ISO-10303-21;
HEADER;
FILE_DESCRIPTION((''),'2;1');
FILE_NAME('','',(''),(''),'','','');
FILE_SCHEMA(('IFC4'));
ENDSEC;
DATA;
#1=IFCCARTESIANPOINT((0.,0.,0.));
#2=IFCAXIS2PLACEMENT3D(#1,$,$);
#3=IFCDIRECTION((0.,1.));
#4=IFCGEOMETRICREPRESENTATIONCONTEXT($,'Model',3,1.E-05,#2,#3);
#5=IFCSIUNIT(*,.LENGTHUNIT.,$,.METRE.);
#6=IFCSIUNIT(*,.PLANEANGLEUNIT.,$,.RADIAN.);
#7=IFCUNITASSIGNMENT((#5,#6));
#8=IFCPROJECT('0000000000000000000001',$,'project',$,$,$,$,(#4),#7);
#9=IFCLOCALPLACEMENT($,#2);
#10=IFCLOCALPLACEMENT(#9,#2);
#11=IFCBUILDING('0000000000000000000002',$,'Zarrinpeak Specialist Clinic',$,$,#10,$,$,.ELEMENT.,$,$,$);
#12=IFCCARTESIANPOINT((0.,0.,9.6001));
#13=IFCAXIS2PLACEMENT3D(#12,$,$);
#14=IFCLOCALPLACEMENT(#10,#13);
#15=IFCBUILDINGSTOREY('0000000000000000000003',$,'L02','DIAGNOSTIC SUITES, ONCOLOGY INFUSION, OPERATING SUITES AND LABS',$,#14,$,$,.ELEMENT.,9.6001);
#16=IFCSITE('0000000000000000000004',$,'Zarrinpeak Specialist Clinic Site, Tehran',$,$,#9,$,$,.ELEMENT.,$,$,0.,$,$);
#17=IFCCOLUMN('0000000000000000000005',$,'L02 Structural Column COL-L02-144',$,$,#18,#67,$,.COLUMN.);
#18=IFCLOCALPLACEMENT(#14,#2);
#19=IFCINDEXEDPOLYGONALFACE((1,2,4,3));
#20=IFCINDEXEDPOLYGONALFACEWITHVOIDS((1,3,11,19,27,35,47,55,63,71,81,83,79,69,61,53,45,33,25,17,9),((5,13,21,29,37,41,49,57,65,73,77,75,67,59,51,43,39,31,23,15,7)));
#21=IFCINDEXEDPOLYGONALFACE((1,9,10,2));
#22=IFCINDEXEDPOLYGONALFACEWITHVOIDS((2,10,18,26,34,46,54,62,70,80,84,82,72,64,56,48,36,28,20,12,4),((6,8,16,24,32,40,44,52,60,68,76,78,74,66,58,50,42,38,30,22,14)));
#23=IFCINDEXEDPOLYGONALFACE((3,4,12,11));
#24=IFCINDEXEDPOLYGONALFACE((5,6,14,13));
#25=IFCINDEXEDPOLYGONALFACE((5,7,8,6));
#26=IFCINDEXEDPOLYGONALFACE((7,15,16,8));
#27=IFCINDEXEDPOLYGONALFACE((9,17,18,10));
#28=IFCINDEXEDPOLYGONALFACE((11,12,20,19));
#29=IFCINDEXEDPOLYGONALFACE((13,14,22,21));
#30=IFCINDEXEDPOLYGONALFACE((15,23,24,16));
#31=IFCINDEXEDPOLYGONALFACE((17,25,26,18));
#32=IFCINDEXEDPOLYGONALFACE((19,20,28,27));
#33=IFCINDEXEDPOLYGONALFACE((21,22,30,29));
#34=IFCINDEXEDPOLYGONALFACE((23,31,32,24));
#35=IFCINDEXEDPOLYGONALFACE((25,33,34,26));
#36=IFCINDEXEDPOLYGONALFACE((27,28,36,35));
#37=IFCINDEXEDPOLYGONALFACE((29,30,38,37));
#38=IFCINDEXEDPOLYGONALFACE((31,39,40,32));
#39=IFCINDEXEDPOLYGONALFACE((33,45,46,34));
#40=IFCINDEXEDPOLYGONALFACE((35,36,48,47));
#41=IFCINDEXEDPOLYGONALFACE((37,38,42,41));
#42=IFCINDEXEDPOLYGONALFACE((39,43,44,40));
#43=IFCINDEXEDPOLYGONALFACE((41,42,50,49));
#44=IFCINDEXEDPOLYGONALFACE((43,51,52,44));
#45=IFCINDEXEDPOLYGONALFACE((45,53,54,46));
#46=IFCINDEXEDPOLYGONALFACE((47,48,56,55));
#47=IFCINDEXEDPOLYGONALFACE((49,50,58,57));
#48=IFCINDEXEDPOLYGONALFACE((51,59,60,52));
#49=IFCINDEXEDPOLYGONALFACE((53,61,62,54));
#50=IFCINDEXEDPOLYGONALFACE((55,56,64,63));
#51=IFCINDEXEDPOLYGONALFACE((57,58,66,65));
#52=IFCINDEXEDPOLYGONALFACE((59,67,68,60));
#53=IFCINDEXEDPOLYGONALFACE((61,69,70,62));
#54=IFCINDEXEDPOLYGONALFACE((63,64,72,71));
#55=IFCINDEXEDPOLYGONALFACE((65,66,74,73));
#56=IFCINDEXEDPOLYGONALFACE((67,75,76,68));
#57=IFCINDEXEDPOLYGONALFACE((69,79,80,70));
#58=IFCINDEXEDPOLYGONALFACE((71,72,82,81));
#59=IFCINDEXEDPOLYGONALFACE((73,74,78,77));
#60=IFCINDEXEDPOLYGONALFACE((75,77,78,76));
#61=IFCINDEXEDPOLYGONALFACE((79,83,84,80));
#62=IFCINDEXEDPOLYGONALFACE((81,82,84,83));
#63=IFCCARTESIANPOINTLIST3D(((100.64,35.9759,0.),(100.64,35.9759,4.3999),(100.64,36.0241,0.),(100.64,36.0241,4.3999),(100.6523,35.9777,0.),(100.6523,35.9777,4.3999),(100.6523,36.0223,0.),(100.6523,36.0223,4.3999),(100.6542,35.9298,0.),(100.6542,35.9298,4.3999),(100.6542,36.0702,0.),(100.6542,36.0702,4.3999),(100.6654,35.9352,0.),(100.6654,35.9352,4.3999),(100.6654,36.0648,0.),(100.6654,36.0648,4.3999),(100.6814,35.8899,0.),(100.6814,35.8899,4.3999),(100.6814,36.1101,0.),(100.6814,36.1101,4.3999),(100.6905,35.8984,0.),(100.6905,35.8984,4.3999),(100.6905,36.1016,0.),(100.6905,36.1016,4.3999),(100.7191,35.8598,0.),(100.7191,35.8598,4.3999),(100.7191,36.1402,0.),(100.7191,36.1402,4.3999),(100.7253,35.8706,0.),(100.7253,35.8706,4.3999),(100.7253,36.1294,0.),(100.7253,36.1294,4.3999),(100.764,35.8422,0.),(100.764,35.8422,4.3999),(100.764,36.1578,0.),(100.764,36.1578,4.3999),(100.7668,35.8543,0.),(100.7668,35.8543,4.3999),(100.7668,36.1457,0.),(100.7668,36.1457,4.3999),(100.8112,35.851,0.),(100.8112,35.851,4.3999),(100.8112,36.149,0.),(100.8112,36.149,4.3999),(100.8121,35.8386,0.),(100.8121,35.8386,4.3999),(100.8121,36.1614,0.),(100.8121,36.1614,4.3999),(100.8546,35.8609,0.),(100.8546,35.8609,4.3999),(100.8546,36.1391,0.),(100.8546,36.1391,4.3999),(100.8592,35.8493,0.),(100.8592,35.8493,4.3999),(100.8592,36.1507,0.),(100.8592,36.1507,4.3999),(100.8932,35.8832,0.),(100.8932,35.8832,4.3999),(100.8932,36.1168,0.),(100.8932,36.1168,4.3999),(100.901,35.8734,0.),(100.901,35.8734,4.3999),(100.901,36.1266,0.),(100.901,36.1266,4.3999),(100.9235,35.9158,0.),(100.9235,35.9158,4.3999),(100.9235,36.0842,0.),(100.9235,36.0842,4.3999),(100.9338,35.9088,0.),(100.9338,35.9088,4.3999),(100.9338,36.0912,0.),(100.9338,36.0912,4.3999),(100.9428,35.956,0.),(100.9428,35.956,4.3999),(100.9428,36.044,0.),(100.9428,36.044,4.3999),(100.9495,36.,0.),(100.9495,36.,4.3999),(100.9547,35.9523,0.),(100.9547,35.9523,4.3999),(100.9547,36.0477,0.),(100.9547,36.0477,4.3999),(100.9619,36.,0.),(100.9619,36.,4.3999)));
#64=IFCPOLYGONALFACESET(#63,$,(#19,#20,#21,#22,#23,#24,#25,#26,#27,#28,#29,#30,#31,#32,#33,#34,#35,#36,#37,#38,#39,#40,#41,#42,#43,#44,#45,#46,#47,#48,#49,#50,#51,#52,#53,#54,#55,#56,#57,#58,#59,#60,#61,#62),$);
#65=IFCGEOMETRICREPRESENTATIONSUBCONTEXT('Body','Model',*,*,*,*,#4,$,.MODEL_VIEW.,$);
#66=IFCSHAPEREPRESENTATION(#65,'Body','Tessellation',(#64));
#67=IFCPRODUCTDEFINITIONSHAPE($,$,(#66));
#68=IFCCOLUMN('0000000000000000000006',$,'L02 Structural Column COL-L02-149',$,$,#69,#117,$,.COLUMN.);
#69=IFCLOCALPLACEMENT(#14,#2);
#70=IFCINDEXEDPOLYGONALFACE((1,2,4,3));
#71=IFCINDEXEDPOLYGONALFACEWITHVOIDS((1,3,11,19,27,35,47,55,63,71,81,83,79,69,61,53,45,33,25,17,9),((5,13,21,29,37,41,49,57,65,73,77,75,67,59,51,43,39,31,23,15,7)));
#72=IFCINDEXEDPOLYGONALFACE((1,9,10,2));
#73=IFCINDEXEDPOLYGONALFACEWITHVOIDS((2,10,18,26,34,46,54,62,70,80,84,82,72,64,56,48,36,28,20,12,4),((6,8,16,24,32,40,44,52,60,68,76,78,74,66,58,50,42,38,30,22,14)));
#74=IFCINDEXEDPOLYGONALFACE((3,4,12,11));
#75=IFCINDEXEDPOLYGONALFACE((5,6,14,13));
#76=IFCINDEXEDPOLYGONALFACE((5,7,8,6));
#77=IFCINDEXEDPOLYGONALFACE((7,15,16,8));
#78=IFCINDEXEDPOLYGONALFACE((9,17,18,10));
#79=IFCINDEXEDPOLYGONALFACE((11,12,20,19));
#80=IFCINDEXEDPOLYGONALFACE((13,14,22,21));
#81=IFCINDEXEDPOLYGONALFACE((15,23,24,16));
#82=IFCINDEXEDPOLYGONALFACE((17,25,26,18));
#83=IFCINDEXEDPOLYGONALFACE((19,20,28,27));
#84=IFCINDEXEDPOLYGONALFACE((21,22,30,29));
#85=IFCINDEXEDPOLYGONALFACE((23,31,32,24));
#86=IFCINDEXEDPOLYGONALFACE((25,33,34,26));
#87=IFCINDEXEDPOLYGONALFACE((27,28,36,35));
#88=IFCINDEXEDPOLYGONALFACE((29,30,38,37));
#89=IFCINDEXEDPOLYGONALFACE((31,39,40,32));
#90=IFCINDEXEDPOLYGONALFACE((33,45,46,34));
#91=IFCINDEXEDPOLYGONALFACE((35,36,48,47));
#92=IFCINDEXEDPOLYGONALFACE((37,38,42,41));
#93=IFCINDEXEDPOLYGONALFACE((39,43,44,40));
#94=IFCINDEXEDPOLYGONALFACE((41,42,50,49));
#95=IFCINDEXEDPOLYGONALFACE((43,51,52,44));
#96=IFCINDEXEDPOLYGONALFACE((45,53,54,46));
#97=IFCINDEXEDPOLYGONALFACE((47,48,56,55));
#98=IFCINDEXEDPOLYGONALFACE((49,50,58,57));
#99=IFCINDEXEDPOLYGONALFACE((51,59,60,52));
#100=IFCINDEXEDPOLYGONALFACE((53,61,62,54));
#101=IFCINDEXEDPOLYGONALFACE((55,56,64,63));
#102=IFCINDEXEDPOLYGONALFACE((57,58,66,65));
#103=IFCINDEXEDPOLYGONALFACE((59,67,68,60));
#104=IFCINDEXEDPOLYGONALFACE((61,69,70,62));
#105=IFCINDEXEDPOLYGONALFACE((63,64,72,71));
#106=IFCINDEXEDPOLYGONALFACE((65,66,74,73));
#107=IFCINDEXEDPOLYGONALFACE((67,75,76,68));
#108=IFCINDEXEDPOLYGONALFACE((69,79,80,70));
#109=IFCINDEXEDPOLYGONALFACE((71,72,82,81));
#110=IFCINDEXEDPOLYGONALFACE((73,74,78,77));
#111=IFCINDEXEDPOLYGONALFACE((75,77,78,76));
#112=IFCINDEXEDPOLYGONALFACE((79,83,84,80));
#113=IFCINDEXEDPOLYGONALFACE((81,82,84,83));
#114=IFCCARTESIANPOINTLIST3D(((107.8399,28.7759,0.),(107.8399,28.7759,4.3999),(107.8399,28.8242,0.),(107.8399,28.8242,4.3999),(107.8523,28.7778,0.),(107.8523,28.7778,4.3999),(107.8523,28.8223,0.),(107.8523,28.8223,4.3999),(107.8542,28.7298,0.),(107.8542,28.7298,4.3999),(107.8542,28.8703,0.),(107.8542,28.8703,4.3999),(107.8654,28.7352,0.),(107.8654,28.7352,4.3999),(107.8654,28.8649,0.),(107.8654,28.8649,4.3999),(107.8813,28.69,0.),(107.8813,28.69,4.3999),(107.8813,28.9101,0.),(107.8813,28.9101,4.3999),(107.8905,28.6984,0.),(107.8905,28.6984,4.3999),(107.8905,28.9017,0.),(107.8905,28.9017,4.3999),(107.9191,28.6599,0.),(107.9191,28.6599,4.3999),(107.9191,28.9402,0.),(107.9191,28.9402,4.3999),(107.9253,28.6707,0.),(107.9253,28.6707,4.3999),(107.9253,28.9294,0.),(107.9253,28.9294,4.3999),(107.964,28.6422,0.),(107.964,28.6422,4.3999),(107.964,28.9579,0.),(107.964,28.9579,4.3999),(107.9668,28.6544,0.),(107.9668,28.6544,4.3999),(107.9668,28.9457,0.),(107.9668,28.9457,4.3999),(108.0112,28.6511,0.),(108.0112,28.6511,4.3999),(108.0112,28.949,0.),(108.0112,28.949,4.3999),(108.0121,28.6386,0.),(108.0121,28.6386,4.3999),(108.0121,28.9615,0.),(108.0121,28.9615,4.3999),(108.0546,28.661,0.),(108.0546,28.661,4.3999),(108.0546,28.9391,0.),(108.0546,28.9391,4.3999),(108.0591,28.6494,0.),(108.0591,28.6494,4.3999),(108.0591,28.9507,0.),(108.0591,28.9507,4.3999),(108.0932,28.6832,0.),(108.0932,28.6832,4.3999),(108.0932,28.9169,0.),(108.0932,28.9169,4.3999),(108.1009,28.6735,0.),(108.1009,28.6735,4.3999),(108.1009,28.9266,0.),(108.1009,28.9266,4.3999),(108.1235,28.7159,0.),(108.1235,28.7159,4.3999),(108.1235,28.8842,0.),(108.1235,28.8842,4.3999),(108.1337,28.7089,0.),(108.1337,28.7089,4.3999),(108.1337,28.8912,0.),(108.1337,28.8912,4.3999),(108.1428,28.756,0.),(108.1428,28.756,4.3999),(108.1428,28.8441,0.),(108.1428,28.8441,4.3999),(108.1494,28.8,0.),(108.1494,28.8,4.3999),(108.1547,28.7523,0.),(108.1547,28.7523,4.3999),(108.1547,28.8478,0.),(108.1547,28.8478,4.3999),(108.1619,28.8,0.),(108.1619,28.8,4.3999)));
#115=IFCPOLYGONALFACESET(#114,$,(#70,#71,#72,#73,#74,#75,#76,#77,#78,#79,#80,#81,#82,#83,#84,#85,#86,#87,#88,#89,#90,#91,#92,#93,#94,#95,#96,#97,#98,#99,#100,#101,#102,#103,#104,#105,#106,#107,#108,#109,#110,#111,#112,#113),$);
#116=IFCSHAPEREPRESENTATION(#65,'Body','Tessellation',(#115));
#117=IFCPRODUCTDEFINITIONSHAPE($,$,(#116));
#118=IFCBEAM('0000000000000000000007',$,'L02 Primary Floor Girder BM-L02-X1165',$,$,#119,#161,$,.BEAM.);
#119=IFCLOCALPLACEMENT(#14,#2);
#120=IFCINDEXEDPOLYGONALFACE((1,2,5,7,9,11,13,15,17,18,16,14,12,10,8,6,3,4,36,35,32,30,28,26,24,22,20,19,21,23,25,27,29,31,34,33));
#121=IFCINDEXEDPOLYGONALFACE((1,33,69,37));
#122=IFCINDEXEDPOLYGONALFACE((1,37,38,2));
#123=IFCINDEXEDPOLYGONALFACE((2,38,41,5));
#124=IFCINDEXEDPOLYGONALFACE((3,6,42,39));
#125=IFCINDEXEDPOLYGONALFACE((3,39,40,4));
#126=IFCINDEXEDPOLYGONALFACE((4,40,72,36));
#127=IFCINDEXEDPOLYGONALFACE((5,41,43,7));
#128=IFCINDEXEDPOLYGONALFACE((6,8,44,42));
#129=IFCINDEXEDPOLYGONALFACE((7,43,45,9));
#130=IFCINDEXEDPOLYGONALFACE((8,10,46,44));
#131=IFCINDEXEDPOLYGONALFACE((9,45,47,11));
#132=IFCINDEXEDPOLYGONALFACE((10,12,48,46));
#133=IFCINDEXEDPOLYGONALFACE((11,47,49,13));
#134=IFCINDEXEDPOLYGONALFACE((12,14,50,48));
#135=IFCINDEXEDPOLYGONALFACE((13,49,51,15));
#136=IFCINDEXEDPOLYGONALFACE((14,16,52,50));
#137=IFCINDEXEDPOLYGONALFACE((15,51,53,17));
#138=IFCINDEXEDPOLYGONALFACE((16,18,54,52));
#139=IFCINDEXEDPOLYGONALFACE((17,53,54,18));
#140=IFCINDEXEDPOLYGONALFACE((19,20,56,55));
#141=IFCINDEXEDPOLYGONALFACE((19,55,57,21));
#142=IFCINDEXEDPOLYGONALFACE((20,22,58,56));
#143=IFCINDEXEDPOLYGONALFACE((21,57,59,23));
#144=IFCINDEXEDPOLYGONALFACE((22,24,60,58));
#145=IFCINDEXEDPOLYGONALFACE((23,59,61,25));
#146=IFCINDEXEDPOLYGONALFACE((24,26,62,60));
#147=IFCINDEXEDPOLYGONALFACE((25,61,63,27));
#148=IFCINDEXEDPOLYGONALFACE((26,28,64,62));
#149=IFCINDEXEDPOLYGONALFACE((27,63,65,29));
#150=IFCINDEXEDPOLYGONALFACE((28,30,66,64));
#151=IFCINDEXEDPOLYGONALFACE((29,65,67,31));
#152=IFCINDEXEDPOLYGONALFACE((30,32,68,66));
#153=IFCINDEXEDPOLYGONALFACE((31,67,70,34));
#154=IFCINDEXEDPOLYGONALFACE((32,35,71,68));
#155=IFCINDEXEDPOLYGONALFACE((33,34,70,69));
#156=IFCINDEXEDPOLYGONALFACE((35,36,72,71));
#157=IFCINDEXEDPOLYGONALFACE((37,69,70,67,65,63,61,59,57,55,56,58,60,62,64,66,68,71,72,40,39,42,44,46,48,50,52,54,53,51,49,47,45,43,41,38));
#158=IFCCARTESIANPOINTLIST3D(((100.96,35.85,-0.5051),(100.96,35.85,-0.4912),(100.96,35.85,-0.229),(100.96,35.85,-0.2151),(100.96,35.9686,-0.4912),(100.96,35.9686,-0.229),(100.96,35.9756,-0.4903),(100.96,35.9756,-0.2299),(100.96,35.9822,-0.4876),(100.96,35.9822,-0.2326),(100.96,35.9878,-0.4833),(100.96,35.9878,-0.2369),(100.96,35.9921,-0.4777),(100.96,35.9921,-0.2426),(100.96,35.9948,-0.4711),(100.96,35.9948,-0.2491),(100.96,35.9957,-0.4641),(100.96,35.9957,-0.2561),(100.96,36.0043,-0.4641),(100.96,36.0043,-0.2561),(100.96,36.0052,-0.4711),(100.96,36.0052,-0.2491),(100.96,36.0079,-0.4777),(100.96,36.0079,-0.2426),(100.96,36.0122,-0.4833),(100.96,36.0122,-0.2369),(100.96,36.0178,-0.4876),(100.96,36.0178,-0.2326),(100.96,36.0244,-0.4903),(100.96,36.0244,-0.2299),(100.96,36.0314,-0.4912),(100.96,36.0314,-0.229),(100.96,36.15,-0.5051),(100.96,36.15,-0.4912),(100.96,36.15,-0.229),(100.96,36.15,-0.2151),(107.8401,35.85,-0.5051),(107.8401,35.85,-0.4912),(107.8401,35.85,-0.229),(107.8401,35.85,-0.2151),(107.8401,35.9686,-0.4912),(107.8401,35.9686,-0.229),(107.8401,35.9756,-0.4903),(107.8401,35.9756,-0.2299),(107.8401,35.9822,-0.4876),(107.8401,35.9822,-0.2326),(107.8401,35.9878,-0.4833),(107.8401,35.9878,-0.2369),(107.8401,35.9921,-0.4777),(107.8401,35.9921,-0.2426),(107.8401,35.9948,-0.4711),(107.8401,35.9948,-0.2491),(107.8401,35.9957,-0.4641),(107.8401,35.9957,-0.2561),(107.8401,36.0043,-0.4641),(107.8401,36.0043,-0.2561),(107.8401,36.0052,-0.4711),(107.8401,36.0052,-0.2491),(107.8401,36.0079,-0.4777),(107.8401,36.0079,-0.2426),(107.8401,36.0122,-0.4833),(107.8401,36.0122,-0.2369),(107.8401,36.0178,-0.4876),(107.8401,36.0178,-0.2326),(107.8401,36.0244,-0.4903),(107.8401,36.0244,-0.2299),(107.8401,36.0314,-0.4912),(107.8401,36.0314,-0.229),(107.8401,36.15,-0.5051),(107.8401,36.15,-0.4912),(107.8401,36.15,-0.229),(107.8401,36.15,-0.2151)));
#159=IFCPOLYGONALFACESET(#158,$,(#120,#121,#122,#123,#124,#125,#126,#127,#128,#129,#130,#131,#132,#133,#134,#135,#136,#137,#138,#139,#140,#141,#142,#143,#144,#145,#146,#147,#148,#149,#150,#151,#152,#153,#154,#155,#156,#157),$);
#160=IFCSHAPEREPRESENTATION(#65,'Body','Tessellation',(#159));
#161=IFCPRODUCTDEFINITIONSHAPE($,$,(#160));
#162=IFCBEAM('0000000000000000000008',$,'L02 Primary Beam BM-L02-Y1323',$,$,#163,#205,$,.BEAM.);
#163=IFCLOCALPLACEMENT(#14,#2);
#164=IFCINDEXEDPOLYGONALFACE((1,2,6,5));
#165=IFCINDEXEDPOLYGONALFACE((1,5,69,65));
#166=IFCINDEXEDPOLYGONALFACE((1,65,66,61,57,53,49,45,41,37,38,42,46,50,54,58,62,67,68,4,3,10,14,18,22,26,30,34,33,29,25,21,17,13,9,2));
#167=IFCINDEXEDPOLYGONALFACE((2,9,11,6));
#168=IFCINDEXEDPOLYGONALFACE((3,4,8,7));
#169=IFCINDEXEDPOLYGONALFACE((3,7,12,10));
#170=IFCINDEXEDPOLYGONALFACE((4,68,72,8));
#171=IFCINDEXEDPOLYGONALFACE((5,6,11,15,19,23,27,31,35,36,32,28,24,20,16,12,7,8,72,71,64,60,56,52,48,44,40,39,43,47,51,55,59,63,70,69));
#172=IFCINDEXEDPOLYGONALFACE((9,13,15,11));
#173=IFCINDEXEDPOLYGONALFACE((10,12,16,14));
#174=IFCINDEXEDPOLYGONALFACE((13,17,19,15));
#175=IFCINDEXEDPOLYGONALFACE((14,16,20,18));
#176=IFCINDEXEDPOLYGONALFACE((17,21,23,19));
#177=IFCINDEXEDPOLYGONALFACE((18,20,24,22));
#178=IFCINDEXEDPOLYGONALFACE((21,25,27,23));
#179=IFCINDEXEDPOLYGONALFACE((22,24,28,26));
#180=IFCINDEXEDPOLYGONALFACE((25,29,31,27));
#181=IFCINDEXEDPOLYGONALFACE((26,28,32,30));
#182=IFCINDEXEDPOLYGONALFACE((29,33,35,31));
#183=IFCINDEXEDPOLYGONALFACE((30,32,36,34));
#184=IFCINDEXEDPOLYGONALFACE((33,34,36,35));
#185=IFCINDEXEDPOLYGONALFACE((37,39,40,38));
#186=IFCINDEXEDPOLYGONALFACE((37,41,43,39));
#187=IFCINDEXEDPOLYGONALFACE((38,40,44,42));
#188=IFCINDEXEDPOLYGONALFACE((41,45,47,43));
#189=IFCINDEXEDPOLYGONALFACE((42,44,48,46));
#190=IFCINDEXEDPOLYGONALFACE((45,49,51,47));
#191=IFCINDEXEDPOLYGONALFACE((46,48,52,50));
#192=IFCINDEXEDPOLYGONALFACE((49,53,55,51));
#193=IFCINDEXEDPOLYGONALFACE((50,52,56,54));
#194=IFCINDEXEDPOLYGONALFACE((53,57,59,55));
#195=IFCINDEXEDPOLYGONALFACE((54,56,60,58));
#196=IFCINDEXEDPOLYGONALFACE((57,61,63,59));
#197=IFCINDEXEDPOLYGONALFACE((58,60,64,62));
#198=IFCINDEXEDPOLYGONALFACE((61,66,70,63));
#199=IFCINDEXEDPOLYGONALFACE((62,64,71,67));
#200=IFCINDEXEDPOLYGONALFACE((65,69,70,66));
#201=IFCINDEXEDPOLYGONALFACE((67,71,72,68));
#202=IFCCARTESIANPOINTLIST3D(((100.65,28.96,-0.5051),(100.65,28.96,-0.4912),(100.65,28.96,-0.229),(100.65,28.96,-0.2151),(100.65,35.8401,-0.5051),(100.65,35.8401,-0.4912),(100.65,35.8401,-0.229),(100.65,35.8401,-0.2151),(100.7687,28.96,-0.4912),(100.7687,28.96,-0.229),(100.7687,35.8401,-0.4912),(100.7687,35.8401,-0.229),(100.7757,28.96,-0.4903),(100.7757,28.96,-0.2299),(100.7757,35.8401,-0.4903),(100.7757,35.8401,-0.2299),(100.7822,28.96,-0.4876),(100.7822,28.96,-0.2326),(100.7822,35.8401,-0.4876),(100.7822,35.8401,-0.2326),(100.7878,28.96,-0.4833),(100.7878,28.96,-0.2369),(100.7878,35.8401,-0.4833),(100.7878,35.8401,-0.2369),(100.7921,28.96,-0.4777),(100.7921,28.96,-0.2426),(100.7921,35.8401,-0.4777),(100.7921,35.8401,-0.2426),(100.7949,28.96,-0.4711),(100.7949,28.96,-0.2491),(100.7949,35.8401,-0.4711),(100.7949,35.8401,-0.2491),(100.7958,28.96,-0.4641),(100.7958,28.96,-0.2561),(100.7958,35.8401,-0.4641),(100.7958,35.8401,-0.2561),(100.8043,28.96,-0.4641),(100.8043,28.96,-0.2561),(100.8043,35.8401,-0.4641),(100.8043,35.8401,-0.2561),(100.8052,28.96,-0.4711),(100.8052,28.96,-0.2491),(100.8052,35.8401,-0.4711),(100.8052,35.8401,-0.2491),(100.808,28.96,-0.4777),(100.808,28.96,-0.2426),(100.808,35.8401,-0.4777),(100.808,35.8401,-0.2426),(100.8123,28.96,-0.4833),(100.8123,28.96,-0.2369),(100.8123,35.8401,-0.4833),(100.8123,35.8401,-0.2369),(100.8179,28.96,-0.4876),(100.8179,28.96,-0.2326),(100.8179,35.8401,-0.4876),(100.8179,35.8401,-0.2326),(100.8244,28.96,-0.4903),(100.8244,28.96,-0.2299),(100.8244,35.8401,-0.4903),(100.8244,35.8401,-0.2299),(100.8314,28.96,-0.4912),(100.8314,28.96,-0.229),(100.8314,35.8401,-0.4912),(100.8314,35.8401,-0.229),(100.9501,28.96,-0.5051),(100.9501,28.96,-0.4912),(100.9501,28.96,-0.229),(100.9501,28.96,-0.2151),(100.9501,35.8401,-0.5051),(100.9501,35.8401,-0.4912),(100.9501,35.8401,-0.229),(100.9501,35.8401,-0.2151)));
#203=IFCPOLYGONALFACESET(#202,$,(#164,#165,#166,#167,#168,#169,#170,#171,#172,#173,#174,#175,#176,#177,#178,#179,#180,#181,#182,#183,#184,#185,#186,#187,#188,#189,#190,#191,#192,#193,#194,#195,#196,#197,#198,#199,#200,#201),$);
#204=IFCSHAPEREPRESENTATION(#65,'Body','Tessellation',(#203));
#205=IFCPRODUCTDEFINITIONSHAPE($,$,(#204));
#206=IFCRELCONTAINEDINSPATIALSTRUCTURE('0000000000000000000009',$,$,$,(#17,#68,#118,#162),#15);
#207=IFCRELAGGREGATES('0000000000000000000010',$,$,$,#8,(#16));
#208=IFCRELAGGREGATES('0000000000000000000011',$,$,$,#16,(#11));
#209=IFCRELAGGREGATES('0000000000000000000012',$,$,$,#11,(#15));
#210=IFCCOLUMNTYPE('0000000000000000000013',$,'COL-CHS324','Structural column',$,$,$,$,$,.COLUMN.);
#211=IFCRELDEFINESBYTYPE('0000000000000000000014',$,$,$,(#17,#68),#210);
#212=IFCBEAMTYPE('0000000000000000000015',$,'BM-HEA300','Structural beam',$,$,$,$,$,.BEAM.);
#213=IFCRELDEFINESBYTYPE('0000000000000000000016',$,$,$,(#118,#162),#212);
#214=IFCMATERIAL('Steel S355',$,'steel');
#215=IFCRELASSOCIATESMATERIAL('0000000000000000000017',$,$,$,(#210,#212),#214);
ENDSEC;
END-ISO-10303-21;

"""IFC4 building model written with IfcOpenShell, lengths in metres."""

from ifc_helpers import new_model, si_unit, direction, frame, origin, origin_2d, place, context, subcontext, project, spatial, hollow_circle, i_section, extrude, material, material_profile, profile_set, type_object, element, save


model = new_model("IFC4")

# Units and contexts
model_context = context("Model", 3, precision=1e-05, world=origin(), true_north=direction((0.0, 1.0)))
body_context = subcontext(model_context, "Body", "Model", "MODEL_VIEW")
ifc_project = project(units=[si_unit("LENGTHUNIT", "METRE"), si_unit("PLANEANGLEUNIT", "RADIAN")], contexts=[model_context])

# Site, building, storey
site_placement = place(None, origin())
site = spatial("IfcSite", under=ifc_project, at=site_placement, Name="Zarrinpeak Specialist Clinic Site, Tehran", CompositionType="ELEMENT", RefElevation=0.0)
building_placement = place(site_placement, origin())
building = spatial("IfcBuilding", under=site, at=building_placement, Name="Zarrinpeak Specialist Clinic", CompositionType="ELEMENT")
storey_placement = place(building_placement, frame((0.0, 0.0, 9.6001)))
storey = spatial("IfcBuildingStorey", under=building, at=storey_placement, Name="L02", Description="DIAGNOSTIC SUITES, ONCOLOGY INFUSION, OPERATING SUITES AND LABS", CompositionType="ELEMENT", Elevation=9.6001)

# Columns
ifc_material_1 = material(Name="Steel S355", Category="steel")
ifc_material_profile_1 = material_profile(ifc_material_1, hollow_circle(Radius=0.1619, WallThickness=0.0125, at=origin_2d()), Name="CHS 323.9x12.5")
ifc_profile_set_1 = profile_set([ifc_material_profile_1], Name="Steel S355")
column_type = type_object("IfcColumnType", Name="COL-CHS324", Description="Structural column", PredefinedType="COLUMN", material=ifc_profile_set_1)
for number, where, z_axis, x_axis, name in (
    (1, (100.8, 36.0, 0.0), (0.0, 0.0, 1.0), (1.0, 0.0, 0.0), "L02 Structural Column COL-L02-144"),
    (2, (108.0, 28.8, 0.0), (0.0, 0.0, 1.0), (1.0, 0.0, 0.0), "L02 Structural Column COL-L02-149"),
):
    element("IfcColumn", number, at=place(storey_placement, frame(where, z_axis=z_axis, x_axis=x_axis)), inside=storey, type_object=column_type, Name=name, PredefinedType="COLUMN", context=body_context, shape_type="SweptSolid", body=[
        extrude(hollow_circle(Radius=0.1619, WallThickness=0.0125, at=origin_2d()), origin(), (0.0, 0.0, 1.0), 4.3999),
    ])

# Beams
ifc_material_profile_2 = material_profile(ifc_material_1, i_section(OverallWidth=0.3, OverallDepth=0.29, WebThickness=0.0085, FlangeThickness=0.0139, FilletRadius=0.0271, at=origin_2d()), Name="HEA 300")
ifc_profile_set_2 = profile_set([ifc_material_profile_2], Name="Steel S355")
beam_type_1 = type_object("IfcBeamType", Name="BM-HEA300", Description="Structural beam", PredefinedType="BEAM", material=ifc_profile_set_2)
for number, where, z_axis, x_axis, name in (
    (3, (100.96, 36.0, -0.3601), (1.0, 0.0, 0.0), (0.0, 1.0, 0.0), "L02 Primary Floor Girder BM-L02-X1165"),
    (4, (100.8, 28.96, -0.3601), (0.0, 1.0, 0.0), (-1.0, 0.0, 0.0), "L02 Primary Beam BM-L02-Y1323"),
):
    element("IfcBeam", number, at=place(storey_placement, frame(where, z_axis=z_axis, x_axis=x_axis)), inside=storey, type_object=beam_type_1, Name=name, PredefinedType="BEAM", context=body_context, shape_type="SweptSolid", body=[
        extrude(i_section(OverallWidth=0.3, OverallDepth=0.29, WebThickness=0.0085, FlangeThickness=0.0139, FilletRadius=0.0271, at=origin_2d()), origin(), (0.0, 0.0, 1.0), 6.8801),
    ])

save(model, "model.ifc")
